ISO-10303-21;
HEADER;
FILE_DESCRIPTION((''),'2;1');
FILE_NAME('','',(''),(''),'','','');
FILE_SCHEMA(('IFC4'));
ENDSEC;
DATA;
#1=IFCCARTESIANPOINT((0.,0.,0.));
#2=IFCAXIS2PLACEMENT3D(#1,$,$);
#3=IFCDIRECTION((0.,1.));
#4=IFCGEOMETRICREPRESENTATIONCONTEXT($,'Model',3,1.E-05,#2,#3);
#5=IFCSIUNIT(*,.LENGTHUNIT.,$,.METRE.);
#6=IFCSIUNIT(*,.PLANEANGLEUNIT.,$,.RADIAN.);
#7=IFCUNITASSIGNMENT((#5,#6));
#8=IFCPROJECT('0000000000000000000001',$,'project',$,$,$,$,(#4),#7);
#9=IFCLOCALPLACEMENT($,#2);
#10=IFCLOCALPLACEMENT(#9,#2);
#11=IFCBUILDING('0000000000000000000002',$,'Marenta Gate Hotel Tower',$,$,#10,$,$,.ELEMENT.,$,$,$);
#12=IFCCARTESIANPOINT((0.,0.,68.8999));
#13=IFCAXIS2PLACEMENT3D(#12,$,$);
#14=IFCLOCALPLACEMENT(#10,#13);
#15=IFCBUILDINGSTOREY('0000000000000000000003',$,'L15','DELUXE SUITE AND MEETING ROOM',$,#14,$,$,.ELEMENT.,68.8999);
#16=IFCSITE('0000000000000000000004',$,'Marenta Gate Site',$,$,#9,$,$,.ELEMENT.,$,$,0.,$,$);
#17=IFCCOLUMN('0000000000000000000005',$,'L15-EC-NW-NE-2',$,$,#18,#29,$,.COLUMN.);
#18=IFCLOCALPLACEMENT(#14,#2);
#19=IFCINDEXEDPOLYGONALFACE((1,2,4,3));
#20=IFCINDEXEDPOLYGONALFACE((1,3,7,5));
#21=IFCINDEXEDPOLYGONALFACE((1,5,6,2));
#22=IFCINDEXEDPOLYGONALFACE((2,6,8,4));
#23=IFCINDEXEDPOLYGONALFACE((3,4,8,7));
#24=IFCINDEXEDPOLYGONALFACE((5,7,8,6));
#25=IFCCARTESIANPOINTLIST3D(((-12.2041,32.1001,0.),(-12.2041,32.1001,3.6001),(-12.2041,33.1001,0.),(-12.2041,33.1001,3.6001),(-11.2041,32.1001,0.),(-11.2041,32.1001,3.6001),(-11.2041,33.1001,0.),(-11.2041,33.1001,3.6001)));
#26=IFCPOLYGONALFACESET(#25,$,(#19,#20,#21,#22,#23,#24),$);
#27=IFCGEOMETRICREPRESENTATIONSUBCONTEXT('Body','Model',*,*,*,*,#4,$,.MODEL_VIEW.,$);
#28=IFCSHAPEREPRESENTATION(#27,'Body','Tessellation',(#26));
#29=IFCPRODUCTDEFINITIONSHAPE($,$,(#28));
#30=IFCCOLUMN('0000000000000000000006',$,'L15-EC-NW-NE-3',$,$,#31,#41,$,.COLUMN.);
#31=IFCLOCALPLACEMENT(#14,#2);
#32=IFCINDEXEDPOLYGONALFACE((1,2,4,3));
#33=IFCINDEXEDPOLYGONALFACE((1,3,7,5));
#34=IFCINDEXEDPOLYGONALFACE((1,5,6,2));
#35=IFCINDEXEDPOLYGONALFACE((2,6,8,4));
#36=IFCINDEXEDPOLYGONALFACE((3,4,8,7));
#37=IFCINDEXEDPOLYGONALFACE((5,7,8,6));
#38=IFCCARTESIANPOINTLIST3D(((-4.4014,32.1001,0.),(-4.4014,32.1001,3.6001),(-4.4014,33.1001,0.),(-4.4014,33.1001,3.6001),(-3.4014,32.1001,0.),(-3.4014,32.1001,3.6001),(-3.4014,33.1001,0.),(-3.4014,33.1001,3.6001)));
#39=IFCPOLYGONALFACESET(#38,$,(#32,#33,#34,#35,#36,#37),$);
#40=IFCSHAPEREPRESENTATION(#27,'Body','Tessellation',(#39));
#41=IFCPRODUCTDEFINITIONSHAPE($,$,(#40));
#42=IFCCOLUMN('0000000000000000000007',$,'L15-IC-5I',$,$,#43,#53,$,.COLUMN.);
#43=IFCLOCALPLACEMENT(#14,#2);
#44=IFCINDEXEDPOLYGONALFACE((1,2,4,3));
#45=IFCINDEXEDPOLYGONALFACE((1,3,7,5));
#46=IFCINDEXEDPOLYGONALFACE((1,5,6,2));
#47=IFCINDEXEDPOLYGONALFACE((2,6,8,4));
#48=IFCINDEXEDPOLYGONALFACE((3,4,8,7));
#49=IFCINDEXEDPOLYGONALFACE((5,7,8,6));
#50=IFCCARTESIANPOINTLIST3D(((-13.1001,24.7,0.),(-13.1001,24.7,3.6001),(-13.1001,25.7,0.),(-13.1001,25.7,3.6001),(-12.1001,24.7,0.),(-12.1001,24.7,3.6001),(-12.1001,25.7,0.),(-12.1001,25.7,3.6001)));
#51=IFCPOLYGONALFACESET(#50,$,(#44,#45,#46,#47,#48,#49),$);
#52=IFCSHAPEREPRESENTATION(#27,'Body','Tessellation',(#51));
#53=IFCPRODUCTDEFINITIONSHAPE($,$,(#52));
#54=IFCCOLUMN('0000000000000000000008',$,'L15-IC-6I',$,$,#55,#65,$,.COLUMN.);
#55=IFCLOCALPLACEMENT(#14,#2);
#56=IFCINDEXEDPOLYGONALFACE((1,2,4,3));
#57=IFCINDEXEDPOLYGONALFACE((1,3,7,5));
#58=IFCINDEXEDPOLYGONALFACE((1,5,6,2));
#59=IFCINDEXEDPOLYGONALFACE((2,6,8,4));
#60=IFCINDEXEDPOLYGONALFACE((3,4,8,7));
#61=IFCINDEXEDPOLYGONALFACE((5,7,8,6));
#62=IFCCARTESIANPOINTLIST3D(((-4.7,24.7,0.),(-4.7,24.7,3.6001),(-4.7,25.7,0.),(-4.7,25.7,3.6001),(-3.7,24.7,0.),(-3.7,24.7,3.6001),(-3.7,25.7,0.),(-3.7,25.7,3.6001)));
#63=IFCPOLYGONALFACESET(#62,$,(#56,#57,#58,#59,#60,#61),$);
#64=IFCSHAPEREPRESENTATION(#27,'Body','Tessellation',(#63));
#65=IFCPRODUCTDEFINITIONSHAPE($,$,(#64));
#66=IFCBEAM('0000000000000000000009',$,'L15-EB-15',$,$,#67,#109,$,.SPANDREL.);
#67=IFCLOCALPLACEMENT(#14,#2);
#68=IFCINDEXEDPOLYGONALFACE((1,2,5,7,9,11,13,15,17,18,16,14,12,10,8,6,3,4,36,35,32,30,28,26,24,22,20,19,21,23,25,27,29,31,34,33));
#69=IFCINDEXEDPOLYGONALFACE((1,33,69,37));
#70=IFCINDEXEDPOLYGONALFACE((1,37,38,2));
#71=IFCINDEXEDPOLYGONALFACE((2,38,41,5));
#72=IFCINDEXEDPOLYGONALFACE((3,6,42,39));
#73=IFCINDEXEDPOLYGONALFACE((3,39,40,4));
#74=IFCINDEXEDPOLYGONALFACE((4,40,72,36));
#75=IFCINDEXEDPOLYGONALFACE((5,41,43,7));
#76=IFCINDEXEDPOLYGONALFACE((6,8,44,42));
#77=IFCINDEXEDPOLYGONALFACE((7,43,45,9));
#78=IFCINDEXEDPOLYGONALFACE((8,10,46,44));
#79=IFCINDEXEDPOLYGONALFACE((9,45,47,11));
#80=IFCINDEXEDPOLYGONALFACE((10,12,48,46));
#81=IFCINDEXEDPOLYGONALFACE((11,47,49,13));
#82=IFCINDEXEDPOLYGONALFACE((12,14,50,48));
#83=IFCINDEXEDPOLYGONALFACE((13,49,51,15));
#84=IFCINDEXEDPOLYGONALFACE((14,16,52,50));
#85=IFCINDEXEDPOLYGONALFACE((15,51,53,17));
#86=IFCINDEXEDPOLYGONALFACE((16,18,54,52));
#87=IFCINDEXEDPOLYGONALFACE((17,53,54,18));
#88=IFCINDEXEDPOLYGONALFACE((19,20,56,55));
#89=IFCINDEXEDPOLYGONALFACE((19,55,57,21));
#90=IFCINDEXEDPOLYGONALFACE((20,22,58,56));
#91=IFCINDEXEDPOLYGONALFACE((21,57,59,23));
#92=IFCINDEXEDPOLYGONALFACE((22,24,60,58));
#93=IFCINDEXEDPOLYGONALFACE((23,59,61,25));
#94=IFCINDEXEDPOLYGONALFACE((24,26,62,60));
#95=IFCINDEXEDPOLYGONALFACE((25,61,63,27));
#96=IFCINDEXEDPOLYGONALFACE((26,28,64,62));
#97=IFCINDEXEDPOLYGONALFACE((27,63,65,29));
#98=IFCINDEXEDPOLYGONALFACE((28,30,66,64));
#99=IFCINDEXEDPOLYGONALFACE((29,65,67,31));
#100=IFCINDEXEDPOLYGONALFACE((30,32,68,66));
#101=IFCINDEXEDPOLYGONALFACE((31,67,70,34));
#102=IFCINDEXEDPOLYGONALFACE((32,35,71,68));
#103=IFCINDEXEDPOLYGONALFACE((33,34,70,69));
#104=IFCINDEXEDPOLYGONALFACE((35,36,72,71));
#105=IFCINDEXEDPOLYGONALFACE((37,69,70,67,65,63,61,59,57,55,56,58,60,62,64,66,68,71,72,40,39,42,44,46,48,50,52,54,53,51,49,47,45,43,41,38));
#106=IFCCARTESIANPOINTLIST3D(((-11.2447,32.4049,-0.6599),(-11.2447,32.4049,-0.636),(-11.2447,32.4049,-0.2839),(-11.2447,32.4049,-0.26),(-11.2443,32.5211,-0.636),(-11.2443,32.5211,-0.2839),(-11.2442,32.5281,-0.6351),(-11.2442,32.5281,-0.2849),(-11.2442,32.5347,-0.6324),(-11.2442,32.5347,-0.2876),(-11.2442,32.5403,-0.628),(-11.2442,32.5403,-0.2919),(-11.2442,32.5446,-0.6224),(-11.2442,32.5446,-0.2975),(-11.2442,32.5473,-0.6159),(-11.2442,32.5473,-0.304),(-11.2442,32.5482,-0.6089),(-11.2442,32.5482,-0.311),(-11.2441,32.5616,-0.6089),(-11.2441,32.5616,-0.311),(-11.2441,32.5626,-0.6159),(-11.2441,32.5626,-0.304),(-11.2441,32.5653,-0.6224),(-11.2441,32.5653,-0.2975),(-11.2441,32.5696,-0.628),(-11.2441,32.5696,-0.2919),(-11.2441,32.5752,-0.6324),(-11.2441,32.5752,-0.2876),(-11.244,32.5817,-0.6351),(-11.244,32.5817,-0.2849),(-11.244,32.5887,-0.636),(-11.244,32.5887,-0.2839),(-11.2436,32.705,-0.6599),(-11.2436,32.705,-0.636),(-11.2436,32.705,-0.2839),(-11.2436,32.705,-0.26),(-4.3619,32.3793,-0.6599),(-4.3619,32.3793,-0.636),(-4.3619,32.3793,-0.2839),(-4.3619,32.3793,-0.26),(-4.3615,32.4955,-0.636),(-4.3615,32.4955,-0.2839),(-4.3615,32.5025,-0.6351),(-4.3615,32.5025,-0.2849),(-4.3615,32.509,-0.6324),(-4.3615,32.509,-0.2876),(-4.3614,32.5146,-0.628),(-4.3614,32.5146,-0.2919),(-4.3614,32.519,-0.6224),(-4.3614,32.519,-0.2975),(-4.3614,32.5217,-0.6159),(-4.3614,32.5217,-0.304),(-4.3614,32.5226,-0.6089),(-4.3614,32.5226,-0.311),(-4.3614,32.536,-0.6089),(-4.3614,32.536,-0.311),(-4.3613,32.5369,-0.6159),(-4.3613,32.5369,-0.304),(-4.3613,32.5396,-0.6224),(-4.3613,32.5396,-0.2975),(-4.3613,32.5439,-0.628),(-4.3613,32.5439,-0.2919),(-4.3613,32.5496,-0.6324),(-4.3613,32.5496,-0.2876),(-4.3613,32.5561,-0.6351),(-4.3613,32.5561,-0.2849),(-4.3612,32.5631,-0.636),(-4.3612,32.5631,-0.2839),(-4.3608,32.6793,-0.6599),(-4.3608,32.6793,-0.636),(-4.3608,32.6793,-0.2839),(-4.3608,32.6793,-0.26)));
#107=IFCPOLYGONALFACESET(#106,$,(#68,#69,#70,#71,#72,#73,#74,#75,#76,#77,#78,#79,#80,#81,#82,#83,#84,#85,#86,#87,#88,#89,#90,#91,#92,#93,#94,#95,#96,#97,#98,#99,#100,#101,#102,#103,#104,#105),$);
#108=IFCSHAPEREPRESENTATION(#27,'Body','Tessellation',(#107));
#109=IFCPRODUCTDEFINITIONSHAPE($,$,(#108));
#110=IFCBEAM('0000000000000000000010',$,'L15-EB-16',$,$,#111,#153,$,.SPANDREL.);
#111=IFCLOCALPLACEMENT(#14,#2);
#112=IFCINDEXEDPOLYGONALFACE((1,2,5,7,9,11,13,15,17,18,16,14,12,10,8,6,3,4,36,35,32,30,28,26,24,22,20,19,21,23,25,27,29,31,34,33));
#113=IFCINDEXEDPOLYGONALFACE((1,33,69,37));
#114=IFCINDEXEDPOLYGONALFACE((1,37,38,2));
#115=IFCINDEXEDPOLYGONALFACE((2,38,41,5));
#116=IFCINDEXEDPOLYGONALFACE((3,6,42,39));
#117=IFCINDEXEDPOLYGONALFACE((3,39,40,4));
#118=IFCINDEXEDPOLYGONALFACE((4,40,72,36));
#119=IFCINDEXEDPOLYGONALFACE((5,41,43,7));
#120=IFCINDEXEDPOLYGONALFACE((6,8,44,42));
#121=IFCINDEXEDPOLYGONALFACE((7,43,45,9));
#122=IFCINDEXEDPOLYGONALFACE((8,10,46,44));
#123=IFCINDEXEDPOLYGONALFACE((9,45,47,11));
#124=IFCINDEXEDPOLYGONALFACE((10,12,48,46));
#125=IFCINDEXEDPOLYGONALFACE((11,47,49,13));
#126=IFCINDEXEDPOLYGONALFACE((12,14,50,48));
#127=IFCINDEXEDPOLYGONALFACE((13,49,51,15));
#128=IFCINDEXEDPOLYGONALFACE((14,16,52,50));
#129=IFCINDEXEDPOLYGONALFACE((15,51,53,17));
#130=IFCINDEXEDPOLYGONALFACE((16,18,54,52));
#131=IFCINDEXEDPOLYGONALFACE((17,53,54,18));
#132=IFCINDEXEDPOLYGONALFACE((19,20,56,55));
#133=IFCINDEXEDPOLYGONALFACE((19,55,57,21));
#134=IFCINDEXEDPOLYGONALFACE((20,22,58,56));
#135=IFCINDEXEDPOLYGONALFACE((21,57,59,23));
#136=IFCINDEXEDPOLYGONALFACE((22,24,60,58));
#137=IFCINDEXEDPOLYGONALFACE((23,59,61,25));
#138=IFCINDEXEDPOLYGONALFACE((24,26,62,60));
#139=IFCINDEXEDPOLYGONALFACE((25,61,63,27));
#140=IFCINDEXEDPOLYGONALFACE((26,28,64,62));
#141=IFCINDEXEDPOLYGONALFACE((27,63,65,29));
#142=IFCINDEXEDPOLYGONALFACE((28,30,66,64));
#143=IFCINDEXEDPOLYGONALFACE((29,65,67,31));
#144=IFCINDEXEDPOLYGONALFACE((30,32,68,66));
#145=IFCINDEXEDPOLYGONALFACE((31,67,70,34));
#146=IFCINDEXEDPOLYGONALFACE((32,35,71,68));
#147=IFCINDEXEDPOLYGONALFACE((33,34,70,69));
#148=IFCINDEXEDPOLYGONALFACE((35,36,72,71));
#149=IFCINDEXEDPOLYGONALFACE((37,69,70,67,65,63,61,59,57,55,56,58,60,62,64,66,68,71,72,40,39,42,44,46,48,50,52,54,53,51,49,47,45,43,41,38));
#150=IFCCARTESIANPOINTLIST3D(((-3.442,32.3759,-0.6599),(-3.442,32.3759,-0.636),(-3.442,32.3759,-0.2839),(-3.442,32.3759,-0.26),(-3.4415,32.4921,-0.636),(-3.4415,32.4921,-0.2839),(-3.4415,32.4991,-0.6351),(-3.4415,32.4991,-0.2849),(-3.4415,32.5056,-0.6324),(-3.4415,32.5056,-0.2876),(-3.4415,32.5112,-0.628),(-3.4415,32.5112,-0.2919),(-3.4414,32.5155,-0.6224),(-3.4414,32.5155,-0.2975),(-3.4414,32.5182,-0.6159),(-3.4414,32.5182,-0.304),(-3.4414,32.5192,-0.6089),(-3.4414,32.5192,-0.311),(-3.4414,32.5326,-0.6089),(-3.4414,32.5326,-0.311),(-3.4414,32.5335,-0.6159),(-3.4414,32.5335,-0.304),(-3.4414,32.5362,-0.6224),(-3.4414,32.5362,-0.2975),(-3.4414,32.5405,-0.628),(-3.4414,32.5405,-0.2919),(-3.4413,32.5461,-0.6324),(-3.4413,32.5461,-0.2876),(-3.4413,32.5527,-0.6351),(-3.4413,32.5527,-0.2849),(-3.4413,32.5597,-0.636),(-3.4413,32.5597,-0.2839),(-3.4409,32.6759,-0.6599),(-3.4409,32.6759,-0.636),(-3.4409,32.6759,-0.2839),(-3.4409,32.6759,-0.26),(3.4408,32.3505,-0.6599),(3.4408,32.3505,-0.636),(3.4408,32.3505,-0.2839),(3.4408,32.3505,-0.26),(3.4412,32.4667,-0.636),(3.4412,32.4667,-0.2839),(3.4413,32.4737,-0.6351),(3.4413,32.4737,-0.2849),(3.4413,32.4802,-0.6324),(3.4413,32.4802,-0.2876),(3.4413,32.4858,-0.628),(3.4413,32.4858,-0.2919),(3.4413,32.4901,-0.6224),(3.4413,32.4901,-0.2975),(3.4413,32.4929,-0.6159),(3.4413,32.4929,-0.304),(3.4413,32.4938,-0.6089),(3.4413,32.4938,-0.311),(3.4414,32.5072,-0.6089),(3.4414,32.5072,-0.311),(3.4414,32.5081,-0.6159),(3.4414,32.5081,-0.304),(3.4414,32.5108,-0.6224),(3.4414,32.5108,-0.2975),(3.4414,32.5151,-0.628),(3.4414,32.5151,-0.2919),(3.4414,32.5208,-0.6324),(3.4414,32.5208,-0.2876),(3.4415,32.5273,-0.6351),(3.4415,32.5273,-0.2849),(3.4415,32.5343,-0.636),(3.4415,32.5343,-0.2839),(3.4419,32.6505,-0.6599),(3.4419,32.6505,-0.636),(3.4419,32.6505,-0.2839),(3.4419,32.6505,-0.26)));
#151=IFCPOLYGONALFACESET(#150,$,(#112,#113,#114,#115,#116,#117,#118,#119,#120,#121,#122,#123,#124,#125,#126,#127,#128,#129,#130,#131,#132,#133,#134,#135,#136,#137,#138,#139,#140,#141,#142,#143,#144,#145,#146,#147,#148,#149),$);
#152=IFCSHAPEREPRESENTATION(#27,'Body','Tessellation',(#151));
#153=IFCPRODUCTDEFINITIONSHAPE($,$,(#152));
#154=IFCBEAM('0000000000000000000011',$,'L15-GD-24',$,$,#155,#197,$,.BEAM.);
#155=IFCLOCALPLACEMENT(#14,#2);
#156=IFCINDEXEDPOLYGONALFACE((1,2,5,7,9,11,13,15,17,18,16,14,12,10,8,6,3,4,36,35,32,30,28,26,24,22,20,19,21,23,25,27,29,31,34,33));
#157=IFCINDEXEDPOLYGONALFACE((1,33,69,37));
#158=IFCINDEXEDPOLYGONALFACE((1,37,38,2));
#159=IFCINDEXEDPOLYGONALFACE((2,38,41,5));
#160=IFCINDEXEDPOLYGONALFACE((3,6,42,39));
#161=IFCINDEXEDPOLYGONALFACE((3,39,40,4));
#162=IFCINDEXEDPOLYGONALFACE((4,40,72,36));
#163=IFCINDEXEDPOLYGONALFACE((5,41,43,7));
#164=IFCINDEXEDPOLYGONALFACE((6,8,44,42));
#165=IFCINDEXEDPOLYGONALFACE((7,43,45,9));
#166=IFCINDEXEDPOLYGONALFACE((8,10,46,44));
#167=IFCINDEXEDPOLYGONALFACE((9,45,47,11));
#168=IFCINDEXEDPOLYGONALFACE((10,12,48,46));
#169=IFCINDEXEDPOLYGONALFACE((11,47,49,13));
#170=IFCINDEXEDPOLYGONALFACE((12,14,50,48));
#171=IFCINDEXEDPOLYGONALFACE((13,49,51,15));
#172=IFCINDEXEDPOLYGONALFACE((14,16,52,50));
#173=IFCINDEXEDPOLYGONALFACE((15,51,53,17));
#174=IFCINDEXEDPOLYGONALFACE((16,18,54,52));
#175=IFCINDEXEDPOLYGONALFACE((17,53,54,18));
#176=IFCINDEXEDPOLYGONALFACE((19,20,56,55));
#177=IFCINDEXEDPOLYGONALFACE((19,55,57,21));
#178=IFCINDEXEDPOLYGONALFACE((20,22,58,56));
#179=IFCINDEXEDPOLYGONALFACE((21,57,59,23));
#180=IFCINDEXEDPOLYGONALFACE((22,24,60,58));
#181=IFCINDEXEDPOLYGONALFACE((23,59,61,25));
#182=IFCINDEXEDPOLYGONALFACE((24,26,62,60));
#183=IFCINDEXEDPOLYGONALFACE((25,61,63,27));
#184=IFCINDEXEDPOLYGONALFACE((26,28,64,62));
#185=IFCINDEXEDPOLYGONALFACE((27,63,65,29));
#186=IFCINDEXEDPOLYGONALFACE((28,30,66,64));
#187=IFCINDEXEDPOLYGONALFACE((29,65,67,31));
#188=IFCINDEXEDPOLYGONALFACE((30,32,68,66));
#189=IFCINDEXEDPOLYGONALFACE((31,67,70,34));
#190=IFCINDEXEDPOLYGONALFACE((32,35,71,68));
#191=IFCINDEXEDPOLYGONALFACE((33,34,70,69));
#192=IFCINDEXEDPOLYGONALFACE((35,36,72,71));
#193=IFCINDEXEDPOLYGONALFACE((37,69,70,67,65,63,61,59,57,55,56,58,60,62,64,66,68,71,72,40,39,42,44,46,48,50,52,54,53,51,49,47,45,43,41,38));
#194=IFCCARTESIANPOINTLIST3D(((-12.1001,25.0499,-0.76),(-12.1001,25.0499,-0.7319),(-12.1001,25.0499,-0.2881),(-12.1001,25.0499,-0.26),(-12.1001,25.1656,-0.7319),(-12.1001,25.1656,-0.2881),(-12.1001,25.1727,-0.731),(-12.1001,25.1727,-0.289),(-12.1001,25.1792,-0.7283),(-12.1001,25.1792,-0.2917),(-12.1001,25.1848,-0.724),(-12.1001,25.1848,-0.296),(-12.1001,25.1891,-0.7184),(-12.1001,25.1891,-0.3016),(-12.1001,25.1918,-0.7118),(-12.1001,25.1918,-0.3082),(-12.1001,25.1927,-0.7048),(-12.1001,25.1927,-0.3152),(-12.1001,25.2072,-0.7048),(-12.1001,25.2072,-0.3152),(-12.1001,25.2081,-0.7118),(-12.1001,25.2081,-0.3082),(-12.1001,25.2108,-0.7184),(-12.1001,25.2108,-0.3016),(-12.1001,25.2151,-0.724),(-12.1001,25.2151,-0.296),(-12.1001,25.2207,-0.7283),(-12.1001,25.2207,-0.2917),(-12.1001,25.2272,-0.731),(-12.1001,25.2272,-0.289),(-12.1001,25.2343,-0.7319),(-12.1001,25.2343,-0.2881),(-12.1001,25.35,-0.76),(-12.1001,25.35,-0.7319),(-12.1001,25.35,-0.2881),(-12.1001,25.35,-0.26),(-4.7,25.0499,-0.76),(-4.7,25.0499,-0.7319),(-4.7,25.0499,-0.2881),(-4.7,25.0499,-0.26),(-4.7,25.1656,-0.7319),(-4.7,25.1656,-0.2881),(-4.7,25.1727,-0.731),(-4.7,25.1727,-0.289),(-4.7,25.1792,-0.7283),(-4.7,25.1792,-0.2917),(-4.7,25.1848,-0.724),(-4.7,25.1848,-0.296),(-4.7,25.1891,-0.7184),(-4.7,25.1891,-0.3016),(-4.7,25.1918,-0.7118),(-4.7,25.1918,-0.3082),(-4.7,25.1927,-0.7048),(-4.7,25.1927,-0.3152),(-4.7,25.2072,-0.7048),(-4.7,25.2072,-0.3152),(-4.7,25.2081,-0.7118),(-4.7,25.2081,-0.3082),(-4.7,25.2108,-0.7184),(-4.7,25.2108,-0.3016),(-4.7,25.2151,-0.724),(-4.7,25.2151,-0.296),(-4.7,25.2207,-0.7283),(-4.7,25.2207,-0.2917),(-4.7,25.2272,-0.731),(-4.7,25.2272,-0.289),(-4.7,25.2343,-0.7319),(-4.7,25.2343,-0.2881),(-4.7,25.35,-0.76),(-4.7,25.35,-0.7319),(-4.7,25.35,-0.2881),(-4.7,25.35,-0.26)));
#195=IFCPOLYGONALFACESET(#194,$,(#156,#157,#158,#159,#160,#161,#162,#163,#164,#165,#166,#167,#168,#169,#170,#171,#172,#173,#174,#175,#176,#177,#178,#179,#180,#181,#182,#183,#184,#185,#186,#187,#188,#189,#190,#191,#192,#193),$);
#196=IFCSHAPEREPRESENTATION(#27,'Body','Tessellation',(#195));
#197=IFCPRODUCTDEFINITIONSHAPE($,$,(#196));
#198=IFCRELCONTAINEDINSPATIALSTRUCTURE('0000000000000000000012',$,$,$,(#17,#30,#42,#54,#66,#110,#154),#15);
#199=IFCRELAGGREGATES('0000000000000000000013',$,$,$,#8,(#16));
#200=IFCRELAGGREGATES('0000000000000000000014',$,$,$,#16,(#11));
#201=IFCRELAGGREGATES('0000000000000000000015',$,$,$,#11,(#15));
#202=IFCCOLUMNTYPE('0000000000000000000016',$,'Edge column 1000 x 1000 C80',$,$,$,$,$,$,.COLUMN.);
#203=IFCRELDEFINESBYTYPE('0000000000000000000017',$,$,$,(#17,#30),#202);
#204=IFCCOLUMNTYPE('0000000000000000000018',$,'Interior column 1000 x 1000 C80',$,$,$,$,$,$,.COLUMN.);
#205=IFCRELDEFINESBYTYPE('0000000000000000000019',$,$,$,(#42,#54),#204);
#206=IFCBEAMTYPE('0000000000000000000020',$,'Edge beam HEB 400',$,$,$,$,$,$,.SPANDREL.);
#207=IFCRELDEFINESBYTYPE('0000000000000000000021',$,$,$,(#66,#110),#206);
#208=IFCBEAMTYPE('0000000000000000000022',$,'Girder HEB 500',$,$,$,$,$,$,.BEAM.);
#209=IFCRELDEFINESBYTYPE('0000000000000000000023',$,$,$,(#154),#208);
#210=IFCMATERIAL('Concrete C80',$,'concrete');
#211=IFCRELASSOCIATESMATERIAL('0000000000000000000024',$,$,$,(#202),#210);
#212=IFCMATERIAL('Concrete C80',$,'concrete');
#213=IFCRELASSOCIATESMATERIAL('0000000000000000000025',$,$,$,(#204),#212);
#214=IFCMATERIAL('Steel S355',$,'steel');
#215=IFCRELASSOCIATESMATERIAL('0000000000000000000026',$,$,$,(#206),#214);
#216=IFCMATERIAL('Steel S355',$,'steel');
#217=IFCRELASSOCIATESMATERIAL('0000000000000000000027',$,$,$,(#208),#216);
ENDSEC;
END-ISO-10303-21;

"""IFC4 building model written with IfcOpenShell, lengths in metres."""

from ifc_helpers import new_model, si_unit, direction, frame, origin, origin_2d, place, context, subcontext, project, spatial, rectangle, i_section, extrude, material, material_profile, profile_set, type_object, element, save


model = new_model("IFC4")

# Units and contexts
model_context = context("Model", 3, precision=1e-05, world=origin(), true_north=direction((0.0, 1.0)))
body_context = subcontext(model_context, "Body", "Model", "MODEL_VIEW")
ifc_project = project(units=[si_unit("LENGTHUNIT", "METRE"), si_unit("PLANEANGLEUNIT", "RADIAN")], contexts=[model_context])

# Site, building, storey
site_placement = place(None, origin())
site = spatial("IfcSite", under=ifc_project, at=site_placement, Name="Marenta Gate Site", CompositionType="ELEMENT", RefElevation=0.0)
building_placement = place(site_placement, origin())
building = spatial("IfcBuilding", under=site, at=building_placement, Name="Marenta Gate Hotel Tower", CompositionType="ELEMENT")
storey_placement = place(building_placement, frame((0.0, 0.0, 68.8999)))
storey = spatial("IfcBuildingStorey", under=building, at=storey_placement, Name="L15", Description="DELUXE SUITE AND MEETING ROOM", CompositionType="ELEMENT", Elevation=68.8999)

# Columns
ifc_material_1 = material(Name="Concrete C80", Category="concrete")
ifc_material_profile_1 = material_profile(ifc_material_1, rectangle(XDim=1.0, YDim=1.0, at=origin_2d()), Name="1000 x 1000")
ifc_profile_set_1 = profile_set([ifc_material_profile_1], Name="Concrete C80")
column_type_1 = type_object("IfcColumnType", Name="Edge column 1000 x 1000 C80", PredefinedType="COLUMN", material=ifc_profile_set_1)
for number, where, z_axis, x_axis, name in (
    (1, (-11.7041, 32.6001, 0.0), (0.0, 0.0, 1.0), (1.0, 0.0, 0.0), "L15-EC-NW-NE-2"),
    (2, (-3.9014, 32.6001, 0.0), (0.0, 0.0, 1.0), (1.0, 0.0, 0.0), "L15-EC-NW-NE-3"),
):
    element("IfcColumn", number, at=place(storey_placement, frame(where, z_axis=z_axis, x_axis=x_axis)), inside=storey, type_object=column_type_1, Name=name, PredefinedType="COLUMN", context=body_context, shape_type="SweptSolid", body=[
        extrude(rectangle(XDim=1.0, YDim=1.0, at=origin_2d()), origin(), (0.0, 0.0, 1.0), 3.6001),
    ])
ifc_material_2 = material(Name="Concrete C80", Category="concrete")
ifc_material_profile_2 = material_profile(ifc_material_2, rectangle(XDim=1.0, YDim=1.0, at=origin_2d()), Name="1000 x 1000")
ifc_profile_set_2 = profile_set([ifc_material_profile_2], Name="Concrete C80")
column_type_2 = type_object("IfcColumnType", Name="Interior column 1000 x 1000 C80", PredefinedType="COLUMN", material=ifc_profile_set_2)
for number, where, z_axis, x_axis, name in (
    (3, (-12.6001, 25.2, 0.0), (0.0, 0.0, 1.0), (1.0, 0.0, 0.0), "L15-IC-5I"),
    (4, (-4.2, 25.2, 0.0), (0.0, 0.0, 1.0), (1.0, 0.0, 0.0), "L15-IC-6I"),
):
    element("IfcColumn", number, at=place(storey_placement, frame(where, z_axis=z_axis, x_axis=x_axis)), inside=storey, type_object=column_type_2, Name=name, PredefinedType="COLUMN", context=body_context, shape_type="SweptSolid", body=[
        extrude(rectangle(XDim=1.0, YDim=1.0, at=origin_2d()), origin(), (0.0, 0.0, 1.0), 3.6001),
    ])

# Beams
ifc_material_3 = material(Name="Steel S355", Category="steel")
ifc_material_profile_3 = material_profile(ifc_material_3, i_section(OverallWidth=0.3, OverallDepth=0.3999, WebThickness=0.0134, FlangeThickness=0.0239, FilletRadius=0.0271, at=origin_2d()), Name="HEB 400")
ifc_profile_set_3 = profile_set([ifc_material_profile_3], Name="Steel S355")
beam_type_1 = type_object("IfcBeamType", Name="Edge beam HEB 400", PredefinedType="SPANDREL", material=ifc_profile_set_3)
for number, where, z_axis, x_axis, name in (
    (5, (-11.2441, 32.5549, -0.46), (0.999993, -0.003724, 0.0), (0.003724, 0.999993, 0.0), "L15-EB-15"),
    (6, (-3.4414, 32.5259, -0.46), (0.999993, -0.003689, 0.0), (0.003689, 0.999993, 0.0), "L15-EB-16"),
):
    element("IfcBeam", number, at=place(storey_placement, frame(where, z_axis=z_axis, x_axis=x_axis)), inside=storey, type_object=beam_type_1, Name=name, PredefinedType="SPANDREL", context=body_context, shape_type="SweptSolid", body=[
        extrude(i_section(OverallWidth=0.3, OverallDepth=0.3999, WebThickness=0.0134, FlangeThickness=0.0239, FilletRadius=0.0271, at=origin_2d()), origin(), (0.0, 0.0, 1.0), 6.8828),
    ])
ifc_material_4 = material(Name="Steel S355", Category="steel")
ifc_material_profile_4 = material_profile(ifc_material_4, i_section(OverallWidth=0.3, OverallDepth=0.5, WebThickness=0.0144, FlangeThickness=0.0281, FilletRadius=0.0271, at=origin_2d()), Name="HEB 500")
ifc_profile_set_4 = profile_set([ifc_material_profile_4], Name="Steel S355")
beam_type_2 = type_object("IfcBeamType", Name="Girder HEB 500", PredefinedType="BEAM", material=ifc_profile_set_4)
beam_1_placement = place(storey_placement, frame((-12.1001, 25.2, -0.51), z_axis=(1.0, 0.0, 0.0), x_axis=(0.0, 1.0, 0.0)))
element("IfcBeam", 7, at=beam_1_placement, inside=storey, type_object=beam_type_2, Name="L15-GD-24", PredefinedType="BEAM", context=body_context, shape_type="SweptSolid", body=[
    extrude(i_section(OverallWidth=0.3, OverallDepth=0.5, WebThickness=0.0144, FlangeThickness=0.0281, FilletRadius=0.0271, at=origin_2d()), origin(), (0.0, 0.0, 1.0), 7.4001),
])

save(model, "model.ifc")
